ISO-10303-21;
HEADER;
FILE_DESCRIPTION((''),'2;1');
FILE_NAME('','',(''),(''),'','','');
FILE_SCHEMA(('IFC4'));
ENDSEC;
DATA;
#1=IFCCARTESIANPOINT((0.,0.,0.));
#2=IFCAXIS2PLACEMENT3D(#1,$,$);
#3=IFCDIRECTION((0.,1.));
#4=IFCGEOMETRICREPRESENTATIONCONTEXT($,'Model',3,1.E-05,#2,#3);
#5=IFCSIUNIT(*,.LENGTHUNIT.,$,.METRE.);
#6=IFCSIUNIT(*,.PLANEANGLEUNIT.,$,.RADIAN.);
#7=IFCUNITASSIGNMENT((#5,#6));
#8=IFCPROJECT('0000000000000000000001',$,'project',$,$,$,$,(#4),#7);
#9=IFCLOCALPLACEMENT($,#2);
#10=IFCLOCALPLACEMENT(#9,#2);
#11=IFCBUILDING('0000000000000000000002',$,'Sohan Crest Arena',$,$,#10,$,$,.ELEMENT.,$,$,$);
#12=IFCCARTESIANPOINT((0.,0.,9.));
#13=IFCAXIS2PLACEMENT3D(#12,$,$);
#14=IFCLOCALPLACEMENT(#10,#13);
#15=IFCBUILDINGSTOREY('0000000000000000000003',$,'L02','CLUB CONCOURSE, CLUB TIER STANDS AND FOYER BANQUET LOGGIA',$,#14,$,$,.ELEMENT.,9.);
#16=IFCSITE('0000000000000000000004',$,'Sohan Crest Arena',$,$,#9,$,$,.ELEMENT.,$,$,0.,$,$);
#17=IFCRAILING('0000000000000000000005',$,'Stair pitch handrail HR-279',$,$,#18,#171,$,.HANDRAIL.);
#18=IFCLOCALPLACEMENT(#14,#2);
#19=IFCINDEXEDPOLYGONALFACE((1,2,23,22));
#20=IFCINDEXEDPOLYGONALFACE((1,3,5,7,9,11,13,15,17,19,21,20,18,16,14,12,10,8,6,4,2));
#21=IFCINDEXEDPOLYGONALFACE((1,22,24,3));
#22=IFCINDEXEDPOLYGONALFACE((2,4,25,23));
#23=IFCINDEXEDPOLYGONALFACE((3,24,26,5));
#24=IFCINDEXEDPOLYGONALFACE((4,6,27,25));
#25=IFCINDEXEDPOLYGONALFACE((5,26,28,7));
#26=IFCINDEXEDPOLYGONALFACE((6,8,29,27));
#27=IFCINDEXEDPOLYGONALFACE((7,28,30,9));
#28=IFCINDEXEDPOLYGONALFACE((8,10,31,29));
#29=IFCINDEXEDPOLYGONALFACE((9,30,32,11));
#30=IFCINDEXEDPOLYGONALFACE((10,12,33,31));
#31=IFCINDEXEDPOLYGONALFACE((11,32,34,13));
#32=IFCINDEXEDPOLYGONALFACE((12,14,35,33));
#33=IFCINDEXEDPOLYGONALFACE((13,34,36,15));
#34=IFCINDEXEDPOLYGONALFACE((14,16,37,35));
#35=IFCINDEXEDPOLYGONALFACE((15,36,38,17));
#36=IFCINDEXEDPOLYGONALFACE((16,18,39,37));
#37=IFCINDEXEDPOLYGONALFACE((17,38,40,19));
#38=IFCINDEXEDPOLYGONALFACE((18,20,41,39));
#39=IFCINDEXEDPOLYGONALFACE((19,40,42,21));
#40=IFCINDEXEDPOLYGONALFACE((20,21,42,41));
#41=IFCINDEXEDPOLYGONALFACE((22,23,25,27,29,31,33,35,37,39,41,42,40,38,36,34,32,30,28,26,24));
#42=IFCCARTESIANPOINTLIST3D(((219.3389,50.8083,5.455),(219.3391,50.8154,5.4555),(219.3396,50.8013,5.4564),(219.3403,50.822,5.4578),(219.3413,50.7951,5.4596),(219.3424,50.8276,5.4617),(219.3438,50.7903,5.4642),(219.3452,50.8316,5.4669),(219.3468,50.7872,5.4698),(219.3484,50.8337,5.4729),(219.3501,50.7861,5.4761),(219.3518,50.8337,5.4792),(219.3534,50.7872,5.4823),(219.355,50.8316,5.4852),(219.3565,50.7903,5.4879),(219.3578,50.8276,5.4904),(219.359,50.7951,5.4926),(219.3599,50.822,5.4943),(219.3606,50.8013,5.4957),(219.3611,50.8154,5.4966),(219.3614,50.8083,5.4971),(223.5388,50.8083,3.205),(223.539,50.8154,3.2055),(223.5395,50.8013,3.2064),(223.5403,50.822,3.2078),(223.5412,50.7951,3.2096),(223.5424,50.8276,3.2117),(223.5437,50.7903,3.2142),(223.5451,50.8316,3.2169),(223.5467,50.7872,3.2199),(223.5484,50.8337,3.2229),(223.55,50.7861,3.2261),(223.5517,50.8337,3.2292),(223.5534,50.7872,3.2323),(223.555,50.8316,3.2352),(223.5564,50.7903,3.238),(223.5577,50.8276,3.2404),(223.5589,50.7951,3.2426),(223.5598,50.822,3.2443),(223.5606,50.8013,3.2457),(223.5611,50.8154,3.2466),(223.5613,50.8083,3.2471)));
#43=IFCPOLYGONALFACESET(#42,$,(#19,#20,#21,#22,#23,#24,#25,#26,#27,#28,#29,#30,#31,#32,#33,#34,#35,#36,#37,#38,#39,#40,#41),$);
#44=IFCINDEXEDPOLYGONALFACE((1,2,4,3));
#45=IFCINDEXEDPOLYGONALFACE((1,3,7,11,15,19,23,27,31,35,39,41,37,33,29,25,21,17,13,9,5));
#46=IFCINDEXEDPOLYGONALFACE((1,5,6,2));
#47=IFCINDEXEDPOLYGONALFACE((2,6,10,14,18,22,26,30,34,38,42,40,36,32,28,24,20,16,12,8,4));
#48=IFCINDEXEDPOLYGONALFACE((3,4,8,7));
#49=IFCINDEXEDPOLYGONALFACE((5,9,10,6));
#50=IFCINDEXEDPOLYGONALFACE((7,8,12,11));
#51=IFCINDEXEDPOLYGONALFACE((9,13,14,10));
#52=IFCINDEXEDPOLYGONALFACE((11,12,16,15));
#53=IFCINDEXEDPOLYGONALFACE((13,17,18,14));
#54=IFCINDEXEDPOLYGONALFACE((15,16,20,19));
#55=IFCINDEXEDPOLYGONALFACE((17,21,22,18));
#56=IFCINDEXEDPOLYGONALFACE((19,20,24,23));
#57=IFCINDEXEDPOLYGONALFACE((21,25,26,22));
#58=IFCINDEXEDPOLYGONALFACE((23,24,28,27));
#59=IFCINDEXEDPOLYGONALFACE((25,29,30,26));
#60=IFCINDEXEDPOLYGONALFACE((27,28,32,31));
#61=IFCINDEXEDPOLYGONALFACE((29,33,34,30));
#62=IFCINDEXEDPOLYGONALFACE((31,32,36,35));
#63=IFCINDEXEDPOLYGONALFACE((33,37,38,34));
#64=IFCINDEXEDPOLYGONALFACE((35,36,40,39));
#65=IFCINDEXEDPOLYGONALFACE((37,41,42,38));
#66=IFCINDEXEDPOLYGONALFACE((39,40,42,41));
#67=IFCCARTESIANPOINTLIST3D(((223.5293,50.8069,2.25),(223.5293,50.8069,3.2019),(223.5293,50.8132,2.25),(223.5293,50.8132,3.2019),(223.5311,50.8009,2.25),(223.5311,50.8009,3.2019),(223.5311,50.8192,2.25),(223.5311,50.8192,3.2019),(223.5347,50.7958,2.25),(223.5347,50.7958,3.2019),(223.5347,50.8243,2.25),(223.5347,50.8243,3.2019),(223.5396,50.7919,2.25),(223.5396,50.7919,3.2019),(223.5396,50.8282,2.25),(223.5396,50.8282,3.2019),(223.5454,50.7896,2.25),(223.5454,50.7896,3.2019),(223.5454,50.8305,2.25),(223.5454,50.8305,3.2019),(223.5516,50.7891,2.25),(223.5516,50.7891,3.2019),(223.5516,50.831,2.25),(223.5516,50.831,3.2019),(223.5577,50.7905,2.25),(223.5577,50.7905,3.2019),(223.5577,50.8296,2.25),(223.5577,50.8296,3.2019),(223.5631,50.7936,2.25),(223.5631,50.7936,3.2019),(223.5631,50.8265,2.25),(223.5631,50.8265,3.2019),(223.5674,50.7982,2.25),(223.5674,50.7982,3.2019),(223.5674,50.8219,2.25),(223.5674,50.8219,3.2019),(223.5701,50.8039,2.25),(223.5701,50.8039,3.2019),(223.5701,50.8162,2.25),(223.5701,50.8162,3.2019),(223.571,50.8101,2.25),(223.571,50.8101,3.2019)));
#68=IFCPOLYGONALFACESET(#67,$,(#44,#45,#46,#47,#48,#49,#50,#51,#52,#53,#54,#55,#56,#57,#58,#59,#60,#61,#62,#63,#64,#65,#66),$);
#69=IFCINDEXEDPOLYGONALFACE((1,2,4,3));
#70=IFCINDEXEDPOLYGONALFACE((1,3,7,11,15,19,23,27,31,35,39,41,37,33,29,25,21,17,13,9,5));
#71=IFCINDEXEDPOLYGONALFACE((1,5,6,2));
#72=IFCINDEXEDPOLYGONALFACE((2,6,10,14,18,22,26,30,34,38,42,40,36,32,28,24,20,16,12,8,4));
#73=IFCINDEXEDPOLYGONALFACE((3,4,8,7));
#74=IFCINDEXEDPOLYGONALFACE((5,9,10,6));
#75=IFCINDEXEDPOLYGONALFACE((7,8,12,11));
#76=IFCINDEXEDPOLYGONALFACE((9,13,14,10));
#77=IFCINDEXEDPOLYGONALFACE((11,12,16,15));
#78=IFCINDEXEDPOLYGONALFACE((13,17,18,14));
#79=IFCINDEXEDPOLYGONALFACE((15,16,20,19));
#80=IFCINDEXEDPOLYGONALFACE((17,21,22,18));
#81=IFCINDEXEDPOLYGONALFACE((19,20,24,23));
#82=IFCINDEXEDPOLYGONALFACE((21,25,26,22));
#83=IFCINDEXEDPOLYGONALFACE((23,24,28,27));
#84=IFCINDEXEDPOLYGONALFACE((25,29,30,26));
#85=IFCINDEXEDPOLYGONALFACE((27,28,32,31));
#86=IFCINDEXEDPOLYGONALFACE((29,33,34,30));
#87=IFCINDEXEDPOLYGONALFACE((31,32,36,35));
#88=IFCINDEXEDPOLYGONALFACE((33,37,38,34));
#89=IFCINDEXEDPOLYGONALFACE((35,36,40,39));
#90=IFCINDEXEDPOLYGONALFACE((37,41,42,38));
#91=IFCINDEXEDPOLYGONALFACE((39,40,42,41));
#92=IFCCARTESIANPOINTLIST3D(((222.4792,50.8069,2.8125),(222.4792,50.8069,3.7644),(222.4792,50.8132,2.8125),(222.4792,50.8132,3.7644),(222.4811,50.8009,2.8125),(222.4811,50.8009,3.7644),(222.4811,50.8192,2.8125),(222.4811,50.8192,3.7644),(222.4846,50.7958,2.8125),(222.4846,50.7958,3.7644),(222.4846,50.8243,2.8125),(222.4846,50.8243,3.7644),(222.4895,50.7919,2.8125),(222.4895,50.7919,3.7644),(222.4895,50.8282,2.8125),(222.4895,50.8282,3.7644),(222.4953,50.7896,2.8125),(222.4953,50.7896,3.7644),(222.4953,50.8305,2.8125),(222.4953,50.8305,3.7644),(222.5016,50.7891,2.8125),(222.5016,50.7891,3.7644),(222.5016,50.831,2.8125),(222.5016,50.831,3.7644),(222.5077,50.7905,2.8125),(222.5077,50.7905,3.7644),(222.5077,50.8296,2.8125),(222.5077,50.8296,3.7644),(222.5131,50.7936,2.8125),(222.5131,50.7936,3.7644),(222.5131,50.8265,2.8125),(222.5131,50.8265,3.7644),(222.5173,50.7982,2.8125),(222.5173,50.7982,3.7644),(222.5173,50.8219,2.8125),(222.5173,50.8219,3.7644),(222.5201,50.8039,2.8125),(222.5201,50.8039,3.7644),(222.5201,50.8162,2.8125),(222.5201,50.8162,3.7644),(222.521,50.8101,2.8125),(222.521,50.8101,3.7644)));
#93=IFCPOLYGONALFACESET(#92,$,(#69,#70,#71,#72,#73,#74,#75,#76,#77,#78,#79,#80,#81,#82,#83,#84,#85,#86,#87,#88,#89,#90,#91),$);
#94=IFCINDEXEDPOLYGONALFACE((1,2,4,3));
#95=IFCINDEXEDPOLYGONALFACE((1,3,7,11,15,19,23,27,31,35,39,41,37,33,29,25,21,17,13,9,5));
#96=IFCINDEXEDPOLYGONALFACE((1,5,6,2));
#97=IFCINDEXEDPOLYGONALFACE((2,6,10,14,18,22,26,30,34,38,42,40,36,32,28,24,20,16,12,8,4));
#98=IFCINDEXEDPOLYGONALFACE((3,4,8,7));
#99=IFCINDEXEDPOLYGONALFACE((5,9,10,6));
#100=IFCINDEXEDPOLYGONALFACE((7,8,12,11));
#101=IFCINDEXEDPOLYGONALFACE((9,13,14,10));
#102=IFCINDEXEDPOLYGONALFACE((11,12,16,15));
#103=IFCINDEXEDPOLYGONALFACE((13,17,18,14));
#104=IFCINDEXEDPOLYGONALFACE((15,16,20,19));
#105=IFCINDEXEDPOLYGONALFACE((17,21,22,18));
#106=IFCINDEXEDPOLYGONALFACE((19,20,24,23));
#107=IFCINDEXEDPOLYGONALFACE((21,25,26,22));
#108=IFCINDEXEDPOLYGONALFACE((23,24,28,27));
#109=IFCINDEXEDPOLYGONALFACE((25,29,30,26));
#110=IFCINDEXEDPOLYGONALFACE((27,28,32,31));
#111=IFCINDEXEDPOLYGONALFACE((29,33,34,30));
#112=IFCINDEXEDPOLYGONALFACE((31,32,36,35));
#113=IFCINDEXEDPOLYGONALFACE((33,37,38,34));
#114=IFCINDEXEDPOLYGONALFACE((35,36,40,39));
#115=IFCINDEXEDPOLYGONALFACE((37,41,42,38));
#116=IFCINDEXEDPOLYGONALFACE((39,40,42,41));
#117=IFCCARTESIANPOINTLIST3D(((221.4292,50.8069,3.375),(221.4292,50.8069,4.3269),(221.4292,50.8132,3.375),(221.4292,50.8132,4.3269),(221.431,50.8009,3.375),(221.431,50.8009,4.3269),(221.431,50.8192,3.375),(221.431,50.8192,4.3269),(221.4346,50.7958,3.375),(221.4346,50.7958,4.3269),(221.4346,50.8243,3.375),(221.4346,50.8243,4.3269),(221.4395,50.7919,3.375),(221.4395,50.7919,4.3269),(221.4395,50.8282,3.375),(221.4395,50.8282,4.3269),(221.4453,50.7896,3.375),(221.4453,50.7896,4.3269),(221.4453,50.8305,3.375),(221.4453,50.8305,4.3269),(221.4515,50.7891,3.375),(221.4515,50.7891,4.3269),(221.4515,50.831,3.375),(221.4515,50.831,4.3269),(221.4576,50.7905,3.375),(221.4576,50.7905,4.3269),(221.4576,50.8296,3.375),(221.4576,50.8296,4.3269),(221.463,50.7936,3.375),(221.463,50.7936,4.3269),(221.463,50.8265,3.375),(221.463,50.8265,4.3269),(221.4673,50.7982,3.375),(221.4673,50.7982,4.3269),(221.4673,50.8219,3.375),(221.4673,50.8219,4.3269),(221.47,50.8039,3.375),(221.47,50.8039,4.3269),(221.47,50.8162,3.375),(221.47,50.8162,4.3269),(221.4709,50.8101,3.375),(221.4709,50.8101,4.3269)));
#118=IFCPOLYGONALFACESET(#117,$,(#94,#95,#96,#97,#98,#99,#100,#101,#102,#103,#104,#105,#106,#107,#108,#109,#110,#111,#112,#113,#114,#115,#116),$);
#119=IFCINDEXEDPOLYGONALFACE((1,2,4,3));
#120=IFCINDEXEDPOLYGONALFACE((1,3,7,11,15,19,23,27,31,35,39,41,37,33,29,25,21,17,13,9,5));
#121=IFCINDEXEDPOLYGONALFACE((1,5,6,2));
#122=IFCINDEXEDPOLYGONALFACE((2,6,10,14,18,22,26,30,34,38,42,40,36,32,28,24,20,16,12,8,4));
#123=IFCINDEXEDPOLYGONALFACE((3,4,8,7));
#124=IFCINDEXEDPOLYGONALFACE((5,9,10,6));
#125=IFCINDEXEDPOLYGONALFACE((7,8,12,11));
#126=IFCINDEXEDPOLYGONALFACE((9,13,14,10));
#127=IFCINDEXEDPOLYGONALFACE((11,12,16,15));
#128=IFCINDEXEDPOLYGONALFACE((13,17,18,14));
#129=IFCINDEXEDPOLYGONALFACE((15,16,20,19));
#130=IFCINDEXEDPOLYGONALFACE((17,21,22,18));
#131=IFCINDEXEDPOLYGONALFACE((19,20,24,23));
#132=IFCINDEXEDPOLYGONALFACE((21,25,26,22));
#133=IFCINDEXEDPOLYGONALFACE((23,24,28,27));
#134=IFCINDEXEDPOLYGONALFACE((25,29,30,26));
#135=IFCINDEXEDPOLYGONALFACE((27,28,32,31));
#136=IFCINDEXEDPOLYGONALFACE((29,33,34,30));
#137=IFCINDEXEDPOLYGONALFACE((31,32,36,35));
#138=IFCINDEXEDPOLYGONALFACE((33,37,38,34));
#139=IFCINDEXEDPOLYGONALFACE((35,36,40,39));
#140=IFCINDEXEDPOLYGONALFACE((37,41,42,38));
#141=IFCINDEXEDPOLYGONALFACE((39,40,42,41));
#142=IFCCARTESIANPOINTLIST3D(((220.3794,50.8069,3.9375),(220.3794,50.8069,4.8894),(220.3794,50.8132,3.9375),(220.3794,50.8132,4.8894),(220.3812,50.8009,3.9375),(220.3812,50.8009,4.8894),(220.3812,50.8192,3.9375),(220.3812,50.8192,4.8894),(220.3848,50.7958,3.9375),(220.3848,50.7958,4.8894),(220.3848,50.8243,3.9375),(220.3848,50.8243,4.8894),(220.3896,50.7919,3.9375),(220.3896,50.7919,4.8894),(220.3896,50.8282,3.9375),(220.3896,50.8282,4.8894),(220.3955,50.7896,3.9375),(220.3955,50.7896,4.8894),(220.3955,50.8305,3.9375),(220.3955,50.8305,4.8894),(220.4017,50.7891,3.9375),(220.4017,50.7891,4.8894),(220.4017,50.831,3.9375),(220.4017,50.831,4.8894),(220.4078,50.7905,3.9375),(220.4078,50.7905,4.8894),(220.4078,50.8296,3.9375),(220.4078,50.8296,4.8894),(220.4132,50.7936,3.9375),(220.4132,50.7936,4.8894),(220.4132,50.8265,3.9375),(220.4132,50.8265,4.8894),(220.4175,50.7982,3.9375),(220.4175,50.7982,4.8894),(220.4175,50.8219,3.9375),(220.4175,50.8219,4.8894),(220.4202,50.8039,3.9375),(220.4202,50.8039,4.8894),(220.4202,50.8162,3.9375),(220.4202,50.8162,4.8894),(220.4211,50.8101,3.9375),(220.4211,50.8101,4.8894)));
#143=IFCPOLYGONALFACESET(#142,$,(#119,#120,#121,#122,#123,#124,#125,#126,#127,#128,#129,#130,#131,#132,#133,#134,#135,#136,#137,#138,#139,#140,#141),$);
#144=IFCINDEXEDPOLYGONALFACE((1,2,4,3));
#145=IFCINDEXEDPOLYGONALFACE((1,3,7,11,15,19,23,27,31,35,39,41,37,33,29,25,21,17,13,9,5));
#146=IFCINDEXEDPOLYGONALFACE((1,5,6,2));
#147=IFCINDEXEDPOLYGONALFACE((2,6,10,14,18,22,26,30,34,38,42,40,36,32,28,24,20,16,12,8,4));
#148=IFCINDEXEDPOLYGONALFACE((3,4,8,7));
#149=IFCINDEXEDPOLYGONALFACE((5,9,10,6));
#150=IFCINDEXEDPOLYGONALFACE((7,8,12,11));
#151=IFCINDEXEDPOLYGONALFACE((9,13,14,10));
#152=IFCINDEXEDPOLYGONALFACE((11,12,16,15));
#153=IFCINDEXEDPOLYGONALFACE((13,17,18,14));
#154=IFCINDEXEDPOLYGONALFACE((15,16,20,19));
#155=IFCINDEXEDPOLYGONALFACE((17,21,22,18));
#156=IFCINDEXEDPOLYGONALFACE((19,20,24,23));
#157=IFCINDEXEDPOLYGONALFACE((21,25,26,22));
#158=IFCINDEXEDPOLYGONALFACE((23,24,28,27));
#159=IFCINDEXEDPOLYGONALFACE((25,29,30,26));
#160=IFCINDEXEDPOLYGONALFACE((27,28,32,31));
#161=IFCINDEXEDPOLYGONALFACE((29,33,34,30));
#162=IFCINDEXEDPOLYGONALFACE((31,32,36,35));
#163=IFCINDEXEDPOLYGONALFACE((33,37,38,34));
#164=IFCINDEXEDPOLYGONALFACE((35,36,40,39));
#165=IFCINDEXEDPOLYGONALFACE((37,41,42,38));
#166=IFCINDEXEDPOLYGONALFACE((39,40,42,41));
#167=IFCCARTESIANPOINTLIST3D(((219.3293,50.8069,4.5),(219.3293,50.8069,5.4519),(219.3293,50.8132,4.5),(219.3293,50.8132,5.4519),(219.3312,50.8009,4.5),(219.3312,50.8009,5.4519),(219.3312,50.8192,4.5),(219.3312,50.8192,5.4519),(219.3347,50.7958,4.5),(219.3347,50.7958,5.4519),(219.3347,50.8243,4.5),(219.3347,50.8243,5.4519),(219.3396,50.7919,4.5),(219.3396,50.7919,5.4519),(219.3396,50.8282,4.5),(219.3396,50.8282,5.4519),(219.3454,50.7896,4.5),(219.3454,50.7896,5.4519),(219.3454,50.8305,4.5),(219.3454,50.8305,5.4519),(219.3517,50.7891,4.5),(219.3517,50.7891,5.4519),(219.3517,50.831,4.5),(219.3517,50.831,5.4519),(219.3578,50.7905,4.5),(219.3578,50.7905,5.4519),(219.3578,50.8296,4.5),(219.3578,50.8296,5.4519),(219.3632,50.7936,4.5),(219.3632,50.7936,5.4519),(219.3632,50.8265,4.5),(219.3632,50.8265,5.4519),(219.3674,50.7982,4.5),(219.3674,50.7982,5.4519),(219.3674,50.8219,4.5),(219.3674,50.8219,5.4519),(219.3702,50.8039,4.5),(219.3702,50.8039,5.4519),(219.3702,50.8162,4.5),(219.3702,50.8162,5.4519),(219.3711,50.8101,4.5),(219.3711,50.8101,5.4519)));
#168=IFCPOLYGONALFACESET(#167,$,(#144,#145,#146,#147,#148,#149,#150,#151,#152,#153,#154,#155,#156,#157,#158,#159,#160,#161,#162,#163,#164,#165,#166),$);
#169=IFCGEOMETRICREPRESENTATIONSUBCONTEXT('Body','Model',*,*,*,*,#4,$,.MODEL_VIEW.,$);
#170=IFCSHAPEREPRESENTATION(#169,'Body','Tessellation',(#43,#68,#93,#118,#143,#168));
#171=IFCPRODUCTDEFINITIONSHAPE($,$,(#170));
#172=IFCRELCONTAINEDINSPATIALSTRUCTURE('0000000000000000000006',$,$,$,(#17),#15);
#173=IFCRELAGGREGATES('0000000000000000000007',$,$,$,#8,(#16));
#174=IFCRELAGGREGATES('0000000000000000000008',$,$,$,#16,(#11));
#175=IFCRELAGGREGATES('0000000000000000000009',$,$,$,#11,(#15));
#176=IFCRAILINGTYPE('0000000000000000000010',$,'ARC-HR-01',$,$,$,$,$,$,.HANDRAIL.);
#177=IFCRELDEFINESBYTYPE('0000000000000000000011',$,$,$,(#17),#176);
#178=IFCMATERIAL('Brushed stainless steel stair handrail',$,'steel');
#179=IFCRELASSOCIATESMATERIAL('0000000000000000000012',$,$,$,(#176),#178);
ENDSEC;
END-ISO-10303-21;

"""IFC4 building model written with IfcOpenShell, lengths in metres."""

from ifc_helpers import new_model, si_unit, direction, frame, origin, origin_2d, place, context, subcontext, project, spatial, circle, extrude, material, type_object, element, save


model = new_model("IFC4")

# Units and contexts
model_context = context("Model", 3, precision=1e-05, world=origin(), true_north=direction((0.0, 1.0)))
body_context = subcontext(model_context, "Body", "Model", "MODEL_VIEW")
ifc_project = project(units=[si_unit("LENGTHUNIT", "METRE"), si_unit("PLANEANGLEUNIT", "RADIAN")], contexts=[model_context])

# Site, building, storey
site_placement = place(None, origin())
site = spatial("IfcSite", under=ifc_project, at=site_placement, Name="Sohan Crest Arena", CompositionType="ELEMENT", RefElevation=0.0)
building_placement = place(site_placement, origin())
building = spatial("IfcBuilding", under=site, at=building_placement, Name="Sohan Crest Arena", CompositionType="ELEMENT")
storey_placement = place(building_placement, frame((0.0, 0.0, 9.0)))
storey = spatial("IfcBuildingStorey", under=building, at=storey_placement, Name="L02", Description="CLUB CONCOURSE, CLUB TIER STANDS AND FOYER BANQUET LOGGIA", CompositionType="ELEMENT", Elevation=9.0)

# Railing
ifc_material_1 = material(Name="Brushed stainless steel stair handrail", Category="steel")
railing_type_1 = type_object("IfcRailingType", Name="ARC-HR-01", PredefinedType="HANDRAIL", material=ifc_material_1)
railing_1_placement = place(storey_placement, frame((223.55, 50.8101, 2.25)))
element("IfcRailing", 1, at=railing_1_placement, inside=storey, type_object=railing_type_1, Name="Stair pitch handrail HR-279", PredefinedType="HANDRAIL", context=body_context, shape_type="SweptSolid", body=[
    extrude(circle(Radius=0.0239, at=origin_2d()), frame((0.0, 0.0, 0.9761), z_axis=(-0.881478, 0.0, 0.472226), x_axis=(0.0, -1.0, 0.0)), (0.0, 0.0, 1.0), 4.7646),
    extrude(circle(Radius=0.021, at=origin_2d()), origin(), (0.0, 0.0, 1.0), 0.9519),
    extrude(circle(Radius=0.021, at=origin_2d()), frame((-1.05, 0.0, 0.5625)), (0.0, 0.0, 1.0), 0.9519),
    extrude(circle(Radius=0.021, at=origin_2d()), frame((-2.1001, 0.0, 1.125)), (0.0, 0.0, 1.0), 0.9519),
    extrude(circle(Radius=0.021, at=origin_2d()), frame((-3.1499, 0.0, 1.6875)), (0.0, 0.0, 1.0), 0.9519),
    extrude(circle(Radius=0.021, at=origin_2d()), frame((-4.2, 0.0, 2.25)), (0.0, 0.0, 1.0), 0.9519),
])

save(model, "model.ifc")
